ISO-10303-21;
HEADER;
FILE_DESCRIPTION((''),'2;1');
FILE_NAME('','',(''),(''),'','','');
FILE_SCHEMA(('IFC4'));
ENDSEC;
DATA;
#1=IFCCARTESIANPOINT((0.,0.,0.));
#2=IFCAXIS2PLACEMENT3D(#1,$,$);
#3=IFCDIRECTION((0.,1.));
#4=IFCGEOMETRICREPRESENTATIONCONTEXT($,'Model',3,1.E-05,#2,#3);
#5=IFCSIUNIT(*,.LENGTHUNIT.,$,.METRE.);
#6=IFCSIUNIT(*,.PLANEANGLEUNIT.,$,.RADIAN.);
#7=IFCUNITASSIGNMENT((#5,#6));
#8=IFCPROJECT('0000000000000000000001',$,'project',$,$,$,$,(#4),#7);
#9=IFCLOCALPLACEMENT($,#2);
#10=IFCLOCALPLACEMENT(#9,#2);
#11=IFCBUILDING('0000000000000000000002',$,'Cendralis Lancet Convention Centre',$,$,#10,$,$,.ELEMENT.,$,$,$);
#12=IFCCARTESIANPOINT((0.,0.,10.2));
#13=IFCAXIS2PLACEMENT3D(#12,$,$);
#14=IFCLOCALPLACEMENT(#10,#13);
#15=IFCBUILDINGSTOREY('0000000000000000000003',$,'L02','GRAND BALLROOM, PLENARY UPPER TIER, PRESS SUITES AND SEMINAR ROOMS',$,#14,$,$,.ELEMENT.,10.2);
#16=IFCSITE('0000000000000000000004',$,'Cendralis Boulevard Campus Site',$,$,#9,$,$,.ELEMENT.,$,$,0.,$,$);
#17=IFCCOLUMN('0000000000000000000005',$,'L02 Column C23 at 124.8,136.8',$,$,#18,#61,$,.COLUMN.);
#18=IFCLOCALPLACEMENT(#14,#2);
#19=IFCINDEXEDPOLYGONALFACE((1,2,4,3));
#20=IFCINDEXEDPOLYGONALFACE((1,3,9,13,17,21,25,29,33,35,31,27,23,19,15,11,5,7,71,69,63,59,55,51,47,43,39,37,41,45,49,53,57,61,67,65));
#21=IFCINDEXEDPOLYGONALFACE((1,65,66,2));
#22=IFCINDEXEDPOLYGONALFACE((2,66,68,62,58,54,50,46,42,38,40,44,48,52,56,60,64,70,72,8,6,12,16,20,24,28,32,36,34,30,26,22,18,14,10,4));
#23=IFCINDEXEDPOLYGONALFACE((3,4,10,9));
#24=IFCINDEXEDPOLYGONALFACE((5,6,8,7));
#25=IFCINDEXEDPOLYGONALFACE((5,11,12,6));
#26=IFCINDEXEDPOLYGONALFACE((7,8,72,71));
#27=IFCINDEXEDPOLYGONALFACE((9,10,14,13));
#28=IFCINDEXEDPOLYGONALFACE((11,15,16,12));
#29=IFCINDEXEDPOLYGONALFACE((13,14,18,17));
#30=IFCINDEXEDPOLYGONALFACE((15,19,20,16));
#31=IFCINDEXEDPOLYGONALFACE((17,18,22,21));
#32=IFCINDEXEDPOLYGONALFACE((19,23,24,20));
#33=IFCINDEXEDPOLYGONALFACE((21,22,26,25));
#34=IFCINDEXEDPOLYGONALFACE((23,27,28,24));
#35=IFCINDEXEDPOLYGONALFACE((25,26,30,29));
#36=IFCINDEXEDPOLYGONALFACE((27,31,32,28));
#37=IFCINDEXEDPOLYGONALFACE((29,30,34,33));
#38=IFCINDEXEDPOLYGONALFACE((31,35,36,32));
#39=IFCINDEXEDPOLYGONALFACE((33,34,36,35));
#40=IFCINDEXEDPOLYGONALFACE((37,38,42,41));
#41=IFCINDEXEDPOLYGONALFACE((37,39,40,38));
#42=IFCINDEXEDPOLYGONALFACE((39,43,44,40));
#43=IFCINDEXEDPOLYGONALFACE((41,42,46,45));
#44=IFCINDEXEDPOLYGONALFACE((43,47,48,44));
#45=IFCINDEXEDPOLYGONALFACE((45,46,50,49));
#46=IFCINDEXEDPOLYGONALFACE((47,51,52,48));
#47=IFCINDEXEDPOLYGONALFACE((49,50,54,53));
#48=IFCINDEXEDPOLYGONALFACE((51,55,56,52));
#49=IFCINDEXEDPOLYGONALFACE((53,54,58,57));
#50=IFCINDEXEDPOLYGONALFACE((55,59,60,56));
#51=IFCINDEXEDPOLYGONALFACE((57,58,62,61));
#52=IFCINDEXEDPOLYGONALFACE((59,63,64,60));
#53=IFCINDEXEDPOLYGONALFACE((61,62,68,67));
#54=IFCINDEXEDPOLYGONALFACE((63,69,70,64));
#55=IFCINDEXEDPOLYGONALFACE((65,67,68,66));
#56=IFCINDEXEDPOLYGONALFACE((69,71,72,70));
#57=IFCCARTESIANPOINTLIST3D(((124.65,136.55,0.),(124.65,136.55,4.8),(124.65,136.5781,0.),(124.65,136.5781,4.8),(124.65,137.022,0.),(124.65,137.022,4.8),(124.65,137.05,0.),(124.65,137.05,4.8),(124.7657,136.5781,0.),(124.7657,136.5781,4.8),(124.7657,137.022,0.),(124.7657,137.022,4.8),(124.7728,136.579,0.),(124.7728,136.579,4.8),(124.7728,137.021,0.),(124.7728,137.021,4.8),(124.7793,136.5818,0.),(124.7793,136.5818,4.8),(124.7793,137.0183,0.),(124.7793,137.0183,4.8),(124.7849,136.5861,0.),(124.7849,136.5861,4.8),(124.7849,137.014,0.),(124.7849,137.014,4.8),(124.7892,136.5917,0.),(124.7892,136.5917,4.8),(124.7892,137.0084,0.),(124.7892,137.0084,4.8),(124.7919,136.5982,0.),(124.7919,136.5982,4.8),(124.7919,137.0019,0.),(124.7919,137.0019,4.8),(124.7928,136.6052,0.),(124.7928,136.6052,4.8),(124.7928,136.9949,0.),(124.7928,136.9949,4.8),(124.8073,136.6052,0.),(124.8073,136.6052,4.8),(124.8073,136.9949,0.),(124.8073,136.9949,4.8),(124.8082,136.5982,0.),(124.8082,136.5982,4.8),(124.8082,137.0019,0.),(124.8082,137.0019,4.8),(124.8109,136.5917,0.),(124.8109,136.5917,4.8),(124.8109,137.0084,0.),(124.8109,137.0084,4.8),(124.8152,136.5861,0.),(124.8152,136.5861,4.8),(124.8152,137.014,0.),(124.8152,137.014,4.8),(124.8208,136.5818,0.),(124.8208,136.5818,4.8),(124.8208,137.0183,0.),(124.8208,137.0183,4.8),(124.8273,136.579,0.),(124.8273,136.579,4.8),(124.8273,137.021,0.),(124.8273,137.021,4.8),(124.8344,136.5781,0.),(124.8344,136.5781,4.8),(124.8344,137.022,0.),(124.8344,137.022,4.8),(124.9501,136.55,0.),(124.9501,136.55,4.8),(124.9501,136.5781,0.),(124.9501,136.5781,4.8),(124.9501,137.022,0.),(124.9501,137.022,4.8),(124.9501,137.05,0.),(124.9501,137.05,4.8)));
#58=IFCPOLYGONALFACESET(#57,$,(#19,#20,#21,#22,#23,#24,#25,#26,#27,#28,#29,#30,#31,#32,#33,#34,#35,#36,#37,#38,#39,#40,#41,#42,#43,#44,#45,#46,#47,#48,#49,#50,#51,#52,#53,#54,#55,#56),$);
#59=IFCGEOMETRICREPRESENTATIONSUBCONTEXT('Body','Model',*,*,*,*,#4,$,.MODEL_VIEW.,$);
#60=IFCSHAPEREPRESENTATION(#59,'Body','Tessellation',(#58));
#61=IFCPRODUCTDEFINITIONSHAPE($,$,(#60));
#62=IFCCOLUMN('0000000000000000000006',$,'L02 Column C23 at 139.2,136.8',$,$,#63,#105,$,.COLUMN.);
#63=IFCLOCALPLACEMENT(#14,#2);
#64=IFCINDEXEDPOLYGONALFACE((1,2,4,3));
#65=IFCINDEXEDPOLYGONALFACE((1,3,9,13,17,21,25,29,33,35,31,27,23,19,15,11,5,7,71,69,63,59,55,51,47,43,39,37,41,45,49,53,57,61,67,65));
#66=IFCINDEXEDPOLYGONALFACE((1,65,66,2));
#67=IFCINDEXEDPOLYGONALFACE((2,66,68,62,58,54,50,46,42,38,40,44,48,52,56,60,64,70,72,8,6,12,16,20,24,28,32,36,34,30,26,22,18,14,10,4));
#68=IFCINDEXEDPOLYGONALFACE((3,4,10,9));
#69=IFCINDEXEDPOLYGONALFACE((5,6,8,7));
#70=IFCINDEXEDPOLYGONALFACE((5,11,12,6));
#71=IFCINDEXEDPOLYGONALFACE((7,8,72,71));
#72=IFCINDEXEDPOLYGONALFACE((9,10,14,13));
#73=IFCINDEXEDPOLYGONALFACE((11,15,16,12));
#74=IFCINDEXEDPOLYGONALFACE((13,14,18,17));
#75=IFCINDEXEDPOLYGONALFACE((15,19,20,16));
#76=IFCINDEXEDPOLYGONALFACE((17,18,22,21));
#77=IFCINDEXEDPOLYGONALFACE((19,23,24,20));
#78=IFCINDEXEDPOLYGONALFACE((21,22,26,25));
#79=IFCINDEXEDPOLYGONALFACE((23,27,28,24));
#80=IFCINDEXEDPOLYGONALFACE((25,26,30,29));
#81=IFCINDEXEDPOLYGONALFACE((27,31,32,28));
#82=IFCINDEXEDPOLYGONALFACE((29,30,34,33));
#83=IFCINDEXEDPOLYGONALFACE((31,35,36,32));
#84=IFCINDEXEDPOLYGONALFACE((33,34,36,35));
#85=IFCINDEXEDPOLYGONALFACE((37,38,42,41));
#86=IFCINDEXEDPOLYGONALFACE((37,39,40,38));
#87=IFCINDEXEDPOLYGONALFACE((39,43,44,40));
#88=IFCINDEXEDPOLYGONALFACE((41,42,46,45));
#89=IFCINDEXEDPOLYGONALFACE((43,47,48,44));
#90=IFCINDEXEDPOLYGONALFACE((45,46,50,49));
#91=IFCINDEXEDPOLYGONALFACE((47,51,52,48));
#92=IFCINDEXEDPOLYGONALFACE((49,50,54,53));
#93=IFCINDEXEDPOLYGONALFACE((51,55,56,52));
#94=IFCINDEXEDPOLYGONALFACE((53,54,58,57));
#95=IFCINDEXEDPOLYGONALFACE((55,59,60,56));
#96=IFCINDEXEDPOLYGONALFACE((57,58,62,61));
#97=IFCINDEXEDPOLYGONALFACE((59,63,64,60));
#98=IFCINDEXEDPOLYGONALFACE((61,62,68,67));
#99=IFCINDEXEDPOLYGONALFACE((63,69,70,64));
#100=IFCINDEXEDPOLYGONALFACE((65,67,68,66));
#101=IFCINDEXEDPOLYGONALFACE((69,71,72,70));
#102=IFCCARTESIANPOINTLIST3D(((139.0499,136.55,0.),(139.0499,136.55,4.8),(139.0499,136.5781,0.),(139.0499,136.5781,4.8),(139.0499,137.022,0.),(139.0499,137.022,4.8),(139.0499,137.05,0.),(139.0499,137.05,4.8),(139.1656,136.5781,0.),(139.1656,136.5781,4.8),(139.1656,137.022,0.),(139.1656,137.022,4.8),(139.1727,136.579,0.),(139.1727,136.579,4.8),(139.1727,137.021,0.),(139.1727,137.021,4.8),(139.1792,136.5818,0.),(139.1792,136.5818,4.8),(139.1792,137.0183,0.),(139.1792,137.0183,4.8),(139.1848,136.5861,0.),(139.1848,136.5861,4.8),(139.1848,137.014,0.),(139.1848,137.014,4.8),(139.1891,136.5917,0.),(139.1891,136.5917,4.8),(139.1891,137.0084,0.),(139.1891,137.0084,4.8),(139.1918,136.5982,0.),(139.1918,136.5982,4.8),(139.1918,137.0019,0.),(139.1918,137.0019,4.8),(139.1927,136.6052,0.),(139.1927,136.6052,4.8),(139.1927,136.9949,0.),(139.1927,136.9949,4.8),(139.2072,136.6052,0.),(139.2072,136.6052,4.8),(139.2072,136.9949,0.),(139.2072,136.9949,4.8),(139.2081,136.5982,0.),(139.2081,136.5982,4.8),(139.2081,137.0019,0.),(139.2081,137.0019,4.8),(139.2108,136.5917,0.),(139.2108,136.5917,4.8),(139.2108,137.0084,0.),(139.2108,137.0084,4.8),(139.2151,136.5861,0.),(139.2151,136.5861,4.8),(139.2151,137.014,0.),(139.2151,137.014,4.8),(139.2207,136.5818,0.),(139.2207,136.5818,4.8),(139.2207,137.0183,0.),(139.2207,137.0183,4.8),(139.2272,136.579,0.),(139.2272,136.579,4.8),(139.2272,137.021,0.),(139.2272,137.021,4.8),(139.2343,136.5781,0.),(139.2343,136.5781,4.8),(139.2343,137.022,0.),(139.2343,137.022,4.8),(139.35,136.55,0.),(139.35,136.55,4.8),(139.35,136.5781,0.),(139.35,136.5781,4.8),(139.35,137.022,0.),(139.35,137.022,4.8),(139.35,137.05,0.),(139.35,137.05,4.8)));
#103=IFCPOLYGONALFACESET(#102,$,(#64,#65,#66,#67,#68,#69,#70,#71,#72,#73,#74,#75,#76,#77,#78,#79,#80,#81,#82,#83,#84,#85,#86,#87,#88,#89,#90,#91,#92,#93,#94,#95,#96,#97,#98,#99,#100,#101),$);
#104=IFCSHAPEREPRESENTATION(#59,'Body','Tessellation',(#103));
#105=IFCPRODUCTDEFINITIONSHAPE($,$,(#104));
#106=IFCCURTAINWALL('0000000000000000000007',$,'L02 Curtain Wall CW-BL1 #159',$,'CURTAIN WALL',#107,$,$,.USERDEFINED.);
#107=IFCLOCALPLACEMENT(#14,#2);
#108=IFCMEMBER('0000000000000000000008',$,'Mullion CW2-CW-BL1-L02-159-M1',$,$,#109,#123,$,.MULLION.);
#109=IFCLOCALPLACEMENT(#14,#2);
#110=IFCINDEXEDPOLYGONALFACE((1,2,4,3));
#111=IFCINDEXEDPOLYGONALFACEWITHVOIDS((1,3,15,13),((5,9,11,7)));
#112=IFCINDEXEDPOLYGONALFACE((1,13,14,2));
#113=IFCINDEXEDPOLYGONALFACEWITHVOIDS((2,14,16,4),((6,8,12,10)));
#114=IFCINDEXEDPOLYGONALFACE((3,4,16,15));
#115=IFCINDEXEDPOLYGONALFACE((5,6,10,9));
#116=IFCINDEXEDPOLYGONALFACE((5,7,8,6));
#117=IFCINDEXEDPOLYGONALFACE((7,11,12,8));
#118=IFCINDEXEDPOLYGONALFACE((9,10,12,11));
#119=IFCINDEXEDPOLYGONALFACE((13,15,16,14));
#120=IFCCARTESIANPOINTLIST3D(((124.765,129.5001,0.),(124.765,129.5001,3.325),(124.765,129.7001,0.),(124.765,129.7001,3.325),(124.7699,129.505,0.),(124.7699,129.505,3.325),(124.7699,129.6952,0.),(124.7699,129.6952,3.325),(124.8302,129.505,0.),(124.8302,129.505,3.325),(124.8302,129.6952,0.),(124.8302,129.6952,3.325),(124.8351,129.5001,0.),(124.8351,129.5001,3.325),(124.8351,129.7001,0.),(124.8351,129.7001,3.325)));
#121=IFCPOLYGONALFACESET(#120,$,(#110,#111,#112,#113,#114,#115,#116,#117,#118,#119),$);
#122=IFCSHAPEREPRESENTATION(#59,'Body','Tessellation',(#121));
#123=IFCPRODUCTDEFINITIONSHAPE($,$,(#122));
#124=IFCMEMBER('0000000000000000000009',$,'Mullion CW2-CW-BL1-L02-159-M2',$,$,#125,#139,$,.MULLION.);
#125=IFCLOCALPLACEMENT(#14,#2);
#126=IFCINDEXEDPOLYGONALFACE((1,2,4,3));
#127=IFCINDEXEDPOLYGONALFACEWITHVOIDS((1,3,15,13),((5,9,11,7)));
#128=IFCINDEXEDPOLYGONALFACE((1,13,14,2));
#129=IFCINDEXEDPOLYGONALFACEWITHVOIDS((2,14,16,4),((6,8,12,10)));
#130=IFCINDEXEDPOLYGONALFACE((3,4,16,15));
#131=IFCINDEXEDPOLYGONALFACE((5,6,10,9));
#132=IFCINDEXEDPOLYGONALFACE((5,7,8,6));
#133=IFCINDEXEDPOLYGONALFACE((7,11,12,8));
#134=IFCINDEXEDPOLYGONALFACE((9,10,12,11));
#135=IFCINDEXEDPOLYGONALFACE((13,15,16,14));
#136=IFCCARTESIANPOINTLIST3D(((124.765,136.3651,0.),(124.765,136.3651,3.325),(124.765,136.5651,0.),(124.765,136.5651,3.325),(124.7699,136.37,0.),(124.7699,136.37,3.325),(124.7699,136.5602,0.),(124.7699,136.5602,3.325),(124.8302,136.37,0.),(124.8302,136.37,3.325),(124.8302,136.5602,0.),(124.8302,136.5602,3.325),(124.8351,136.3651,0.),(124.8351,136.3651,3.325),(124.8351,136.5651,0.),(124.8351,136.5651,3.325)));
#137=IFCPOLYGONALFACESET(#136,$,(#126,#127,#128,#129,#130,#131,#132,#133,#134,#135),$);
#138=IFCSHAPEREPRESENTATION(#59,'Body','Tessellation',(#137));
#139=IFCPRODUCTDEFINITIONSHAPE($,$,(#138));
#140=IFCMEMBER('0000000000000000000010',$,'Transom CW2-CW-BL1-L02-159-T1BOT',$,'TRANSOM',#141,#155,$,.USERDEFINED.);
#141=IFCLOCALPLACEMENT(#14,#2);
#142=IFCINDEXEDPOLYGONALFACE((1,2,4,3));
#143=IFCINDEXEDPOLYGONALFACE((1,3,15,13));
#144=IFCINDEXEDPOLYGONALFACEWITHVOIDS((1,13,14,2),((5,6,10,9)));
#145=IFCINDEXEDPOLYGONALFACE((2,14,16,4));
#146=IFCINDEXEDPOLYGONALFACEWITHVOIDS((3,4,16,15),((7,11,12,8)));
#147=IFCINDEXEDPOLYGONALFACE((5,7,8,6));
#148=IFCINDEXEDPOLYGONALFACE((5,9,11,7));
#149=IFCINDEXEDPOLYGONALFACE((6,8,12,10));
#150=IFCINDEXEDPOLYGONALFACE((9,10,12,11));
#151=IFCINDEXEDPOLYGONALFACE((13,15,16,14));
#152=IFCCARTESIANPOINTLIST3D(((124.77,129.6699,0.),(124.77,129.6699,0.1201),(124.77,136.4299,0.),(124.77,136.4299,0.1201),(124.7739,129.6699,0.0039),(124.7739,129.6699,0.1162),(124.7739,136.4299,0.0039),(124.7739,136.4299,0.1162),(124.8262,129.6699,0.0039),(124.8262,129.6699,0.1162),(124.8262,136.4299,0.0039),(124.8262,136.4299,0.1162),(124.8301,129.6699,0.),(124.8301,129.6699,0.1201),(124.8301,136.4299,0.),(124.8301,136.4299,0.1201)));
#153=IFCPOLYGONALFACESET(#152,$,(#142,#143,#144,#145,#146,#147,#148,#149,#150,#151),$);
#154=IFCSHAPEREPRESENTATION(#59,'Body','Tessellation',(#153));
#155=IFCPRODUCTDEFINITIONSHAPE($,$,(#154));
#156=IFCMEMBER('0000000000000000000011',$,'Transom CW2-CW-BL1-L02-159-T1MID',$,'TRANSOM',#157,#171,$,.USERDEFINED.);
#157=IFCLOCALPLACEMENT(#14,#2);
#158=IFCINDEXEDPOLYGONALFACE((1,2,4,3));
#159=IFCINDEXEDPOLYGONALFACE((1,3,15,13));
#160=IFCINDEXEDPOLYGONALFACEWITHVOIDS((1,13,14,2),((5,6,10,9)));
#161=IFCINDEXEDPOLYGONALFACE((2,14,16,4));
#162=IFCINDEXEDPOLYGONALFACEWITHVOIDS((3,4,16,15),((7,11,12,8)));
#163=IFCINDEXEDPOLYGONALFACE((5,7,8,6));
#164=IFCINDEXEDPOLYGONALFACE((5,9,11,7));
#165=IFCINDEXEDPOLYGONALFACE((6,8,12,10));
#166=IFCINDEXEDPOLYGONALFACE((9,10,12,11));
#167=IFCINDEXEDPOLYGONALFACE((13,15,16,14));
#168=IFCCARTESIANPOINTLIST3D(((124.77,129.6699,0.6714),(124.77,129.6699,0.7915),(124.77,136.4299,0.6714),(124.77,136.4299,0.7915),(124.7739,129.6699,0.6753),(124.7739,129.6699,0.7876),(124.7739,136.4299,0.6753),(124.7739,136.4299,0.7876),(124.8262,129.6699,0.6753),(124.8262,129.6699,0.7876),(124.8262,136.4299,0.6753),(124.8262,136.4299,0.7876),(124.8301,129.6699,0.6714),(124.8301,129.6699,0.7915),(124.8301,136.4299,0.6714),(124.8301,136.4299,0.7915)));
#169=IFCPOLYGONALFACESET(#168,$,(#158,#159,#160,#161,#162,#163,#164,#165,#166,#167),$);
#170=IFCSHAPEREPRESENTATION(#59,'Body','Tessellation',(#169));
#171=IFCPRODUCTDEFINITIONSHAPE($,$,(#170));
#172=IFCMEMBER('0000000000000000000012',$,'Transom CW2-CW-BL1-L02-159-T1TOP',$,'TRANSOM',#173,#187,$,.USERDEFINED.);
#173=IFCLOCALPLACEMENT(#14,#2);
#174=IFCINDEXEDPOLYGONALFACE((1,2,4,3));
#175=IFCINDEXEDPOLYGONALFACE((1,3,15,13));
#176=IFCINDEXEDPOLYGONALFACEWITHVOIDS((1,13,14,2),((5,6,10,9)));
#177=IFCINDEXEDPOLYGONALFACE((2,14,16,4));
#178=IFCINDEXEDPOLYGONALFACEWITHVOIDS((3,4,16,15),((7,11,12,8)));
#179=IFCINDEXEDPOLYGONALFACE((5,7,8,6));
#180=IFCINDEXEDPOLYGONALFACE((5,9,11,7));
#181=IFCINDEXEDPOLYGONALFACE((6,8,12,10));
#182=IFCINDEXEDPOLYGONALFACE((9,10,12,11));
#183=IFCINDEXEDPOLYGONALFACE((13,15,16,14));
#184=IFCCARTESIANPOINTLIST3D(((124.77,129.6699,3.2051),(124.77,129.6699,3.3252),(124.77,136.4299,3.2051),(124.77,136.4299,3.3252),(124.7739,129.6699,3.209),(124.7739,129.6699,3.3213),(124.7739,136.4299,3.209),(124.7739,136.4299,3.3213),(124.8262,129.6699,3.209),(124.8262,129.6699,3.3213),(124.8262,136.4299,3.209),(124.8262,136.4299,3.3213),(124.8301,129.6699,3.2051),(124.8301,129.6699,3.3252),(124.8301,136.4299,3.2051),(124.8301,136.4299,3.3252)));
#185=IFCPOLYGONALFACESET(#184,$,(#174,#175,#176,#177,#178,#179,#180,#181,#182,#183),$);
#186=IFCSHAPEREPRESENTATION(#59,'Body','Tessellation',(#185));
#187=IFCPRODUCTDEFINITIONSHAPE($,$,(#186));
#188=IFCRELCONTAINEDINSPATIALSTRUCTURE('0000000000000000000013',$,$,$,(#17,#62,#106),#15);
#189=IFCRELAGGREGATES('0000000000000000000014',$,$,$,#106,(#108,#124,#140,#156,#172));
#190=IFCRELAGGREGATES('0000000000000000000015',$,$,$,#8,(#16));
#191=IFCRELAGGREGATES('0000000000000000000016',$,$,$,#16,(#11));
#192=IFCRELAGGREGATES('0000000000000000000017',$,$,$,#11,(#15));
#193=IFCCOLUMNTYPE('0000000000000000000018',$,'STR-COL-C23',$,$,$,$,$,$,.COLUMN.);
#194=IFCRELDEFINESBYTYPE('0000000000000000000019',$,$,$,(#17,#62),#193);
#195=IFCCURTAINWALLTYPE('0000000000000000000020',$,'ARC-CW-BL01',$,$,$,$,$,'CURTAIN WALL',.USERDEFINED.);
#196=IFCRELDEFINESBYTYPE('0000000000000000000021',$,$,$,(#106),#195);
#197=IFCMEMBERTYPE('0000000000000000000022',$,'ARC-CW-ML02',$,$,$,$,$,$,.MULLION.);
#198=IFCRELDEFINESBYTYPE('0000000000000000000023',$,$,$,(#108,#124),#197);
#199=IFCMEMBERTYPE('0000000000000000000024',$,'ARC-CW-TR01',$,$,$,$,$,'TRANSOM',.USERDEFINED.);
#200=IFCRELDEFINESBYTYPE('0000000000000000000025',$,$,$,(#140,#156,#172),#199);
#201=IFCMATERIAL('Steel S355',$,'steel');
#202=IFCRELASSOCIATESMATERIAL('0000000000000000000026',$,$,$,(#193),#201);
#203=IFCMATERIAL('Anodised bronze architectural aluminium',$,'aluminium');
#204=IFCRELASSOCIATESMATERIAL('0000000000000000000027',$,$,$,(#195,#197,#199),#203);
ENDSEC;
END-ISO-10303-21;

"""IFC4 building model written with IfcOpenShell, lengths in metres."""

from ifc_helpers import new_model, si_unit, direction, frame, origin, origin_2d, place, context, subcontext, project, spatial, hollow_rectangle, i_section, extrude, material, material_profile, profile_set, type_object, element, aggregate, save


model = new_model("IFC4")

# Units and contexts
model_context = context("Model", 3, precision=1e-05, world=origin(), true_north=direction((0.0, 1.0)))
body_context = subcontext(model_context, "Body", "Model", "MODEL_VIEW")
ifc_project = project(units=[si_unit("LENGTHUNIT", "METRE"), si_unit("PLANEANGLEUNIT", "RADIAN")], contexts=[model_context])

# Site, building, storey
site_placement = place(None, origin())
site = spatial("IfcSite", under=ifc_project, at=site_placement, Name="Cendralis Boulevard Campus Site", CompositionType="ELEMENT", RefElevation=0.0)
building_placement = place(site_placement, origin())
building = spatial("IfcBuilding", under=site, at=building_placement, Name="Cendralis Lancet Convention Centre", CompositionType="ELEMENT")
storey_placement = place(building_placement, frame((0.0, 0.0, 10.2)))
storey = spatial("IfcBuildingStorey", under=building, at=storey_placement, Name="L02", Description="GRAND BALLROOM, PLENARY UPPER TIER, PRESS SUITES AND SEMINAR ROOMS", CompositionType="ELEMENT", Elevation=10.2)

# Columns
ifc_material_1 = material(Name="Steel S355", Category="steel")
ifc_material_profile_1 = material_profile(ifc_material_1, i_section(OverallWidth=0.3, OverallDepth=0.5, WebThickness=0.0144, FlangeThickness=0.0281, FilletRadius=0.0271, at=origin_2d()), Name="HEB 500")
ifc_profile_set_1 = profile_set([ifc_material_profile_1], Name="Steel S355")
column_type = type_object("IfcColumnType", Name="STR-COL-C23", PredefinedType="COLUMN", material=ifc_profile_set_1)
for number, where, z_axis, x_axis, name in (
    (1, (124.8, 136.8, 0.0), (0.0, 0.0, 1.0), (1.0, 0.0, 0.0), "L02 Column C23 at 124.8,136.8"),
    (2, (139.2, 136.8, 0.0), (0.0, 0.0, 1.0), (1.0, 0.0, 0.0), "L02 Column C23 at 139.2,136.8"),
):
    element("IfcColumn", number, at=place(storey_placement, frame(where, z_axis=z_axis, x_axis=x_axis)), inside=storey, type_object=column_type, Name=name, PredefinedType="COLUMN", context=body_context, shape_type="SweptSolid", body=[
        extrude(i_section(OverallWidth=0.3, OverallDepth=0.5, WebThickness=0.0144, FlangeThickness=0.0281, FilletRadius=0.0271, at=origin_2d()), origin(), (0.0, 0.0, 1.0), 4.8),
    ])

# Curtain wall, members
ifc_material_2 = material(Name="Anodised bronze architectural aluminium", Category="aluminium")
curtain_wall_type = type_object("IfcCurtainWallType", Name="ARC-CW-BL01", ElementType="CURTAIN WALL", PredefinedType="USERDEFINED", material=ifc_material_2)
curtain_wall_placement = place(storey_placement, origin())
curtain_wall = element("IfcCurtainWall", 3, at=curtain_wall_placement, inside=storey, type_object=curtain_wall_type, Name="L02 Curtain Wall CW-BL1 #159", ObjectType="CURTAIN WALL", PredefinedType="USERDEFINED")
ifc_material_profile_2 = material_profile(ifc_material_2, hollow_rectangle(XDim=0.0701, YDim=0.2, WallThickness=0.0049, at=origin_2d()), Name="AL-MULL 70x200x5.0")
ifc_profile_set_2 = profile_set([ifc_material_profile_2], Name="Anodised bronze architectural aluminium")
member_type_1 = type_object("IfcMemberType", Name="ARC-CW-ML02", PredefinedType="MULLION", material=ifc_profile_set_2)
member_1_placement = place(storey_placement, frame((124.8, 129.6001, 0.0), z_axis=(0.0, 0.0, 1.0), x_axis=(1.0, 0.0, 0.0)))
member_1 = element("IfcMember", 4, at=member_1_placement, type_object=member_type_1, Name="Mullion CW2-CW-BL1-L02-159-M1", PredefinedType="MULLION", context=body_context, shape_type="SweptSolid", body=[
    extrude(hollow_rectangle(XDim=0.0701, YDim=0.2, WallThickness=0.0049, at=origin_2d()), origin(), (0.0, 0.0, 1.0), 3.325),
])
member_2_placement = place(storey_placement, frame((124.8, 136.4651, 0.0), z_axis=(0.0, 0.0, 1.0), x_axis=(1.0, 0.0, 0.0)))
member_2 = element("IfcMember", 5, at=member_2_placement, type_object=member_type_1, Name="Mullion CW2-CW-BL1-L02-159-M2", PredefinedType="MULLION", context=body_context, shape_type="SweptSolid", body=[
    extrude(hollow_rectangle(XDim=0.0701, YDim=0.2, WallThickness=0.0049, at=origin_2d()), origin(), (0.0, 0.0, 1.0), 3.325),
])
ifc_material_profile_3 = material_profile(ifc_material_2, hollow_rectangle(XDim=0.0601, YDim=0.1201, WallThickness=0.0039, at=origin_2d()), Name="AL-TRAN 60x120x4.0")
ifc_profile_set_3 = profile_set([ifc_material_profile_3], Name="Anodised bronze architectural aluminium")
member_type_2 = type_object("IfcMemberType", Name="ARC-CW-TR01", ElementType="TRANSOM", PredefinedType="USERDEFINED", material=ifc_profile_set_3)
member_3_placement = place(storey_placement, frame((124.8, 129.6699, 0.0601), z_axis=(0.0, 1.0, 0.0), x_axis=(-1.0, 0.0, 0.0)))
member_3 = element("IfcMember", 6, at=member_3_placement, type_object=member_type_2, Name="Transom CW2-CW-BL1-L02-159-T1BOT", ObjectType="TRANSOM", PredefinedType="USERDEFINED", context=body_context, shape_type="SweptSolid", body=[
    extrude(hollow_rectangle(XDim=0.0601, YDim=0.1201, WallThickness=0.0039, at=origin_2d()), origin(), (0.0, 0.0, 1.0), 6.76),
])
member_4_placement = place(storey_placement, frame((124.8, 129.6699, 0.7314), z_axis=(0.0, 1.0, 0.0), x_axis=(-1.0, 0.0, 0.0)))
member_4 = element("IfcMember", 7, at=member_4_placement, type_object=member_type_2, Name="Transom CW2-CW-BL1-L02-159-T1MID", ObjectType="TRANSOM", PredefinedType="USERDEFINED", context=body_context, shape_type="SweptSolid", body=[
    extrude(hollow_rectangle(XDim=0.0601, YDim=0.1201, WallThickness=0.0039, at=origin_2d()), origin(), (0.0, 0.0, 1.0), 6.76),
])
member_5_placement = place(storey_placement, frame((124.8, 129.6699, 3.2651), z_axis=(0.0, 1.0, 0.0), x_axis=(-1.0, 0.0, 0.0)))
member_5 = element("IfcMember", 8, at=member_5_placement, type_object=member_type_2, Name="Transom CW2-CW-BL1-L02-159-T1TOP", ObjectType="TRANSOM", PredefinedType="USERDEFINED", context=body_context, shape_type="SweptSolid", body=[
    extrude(hollow_rectangle(XDim=0.0601, YDim=0.1201, WallThickness=0.0039, at=origin_2d()), origin(), (0.0, 0.0, 1.0), 6.76),
])

aggregate(curtain_wall, [member_1, member_2, member_3, member_4, member_5])

save(model, "model.ifc")
